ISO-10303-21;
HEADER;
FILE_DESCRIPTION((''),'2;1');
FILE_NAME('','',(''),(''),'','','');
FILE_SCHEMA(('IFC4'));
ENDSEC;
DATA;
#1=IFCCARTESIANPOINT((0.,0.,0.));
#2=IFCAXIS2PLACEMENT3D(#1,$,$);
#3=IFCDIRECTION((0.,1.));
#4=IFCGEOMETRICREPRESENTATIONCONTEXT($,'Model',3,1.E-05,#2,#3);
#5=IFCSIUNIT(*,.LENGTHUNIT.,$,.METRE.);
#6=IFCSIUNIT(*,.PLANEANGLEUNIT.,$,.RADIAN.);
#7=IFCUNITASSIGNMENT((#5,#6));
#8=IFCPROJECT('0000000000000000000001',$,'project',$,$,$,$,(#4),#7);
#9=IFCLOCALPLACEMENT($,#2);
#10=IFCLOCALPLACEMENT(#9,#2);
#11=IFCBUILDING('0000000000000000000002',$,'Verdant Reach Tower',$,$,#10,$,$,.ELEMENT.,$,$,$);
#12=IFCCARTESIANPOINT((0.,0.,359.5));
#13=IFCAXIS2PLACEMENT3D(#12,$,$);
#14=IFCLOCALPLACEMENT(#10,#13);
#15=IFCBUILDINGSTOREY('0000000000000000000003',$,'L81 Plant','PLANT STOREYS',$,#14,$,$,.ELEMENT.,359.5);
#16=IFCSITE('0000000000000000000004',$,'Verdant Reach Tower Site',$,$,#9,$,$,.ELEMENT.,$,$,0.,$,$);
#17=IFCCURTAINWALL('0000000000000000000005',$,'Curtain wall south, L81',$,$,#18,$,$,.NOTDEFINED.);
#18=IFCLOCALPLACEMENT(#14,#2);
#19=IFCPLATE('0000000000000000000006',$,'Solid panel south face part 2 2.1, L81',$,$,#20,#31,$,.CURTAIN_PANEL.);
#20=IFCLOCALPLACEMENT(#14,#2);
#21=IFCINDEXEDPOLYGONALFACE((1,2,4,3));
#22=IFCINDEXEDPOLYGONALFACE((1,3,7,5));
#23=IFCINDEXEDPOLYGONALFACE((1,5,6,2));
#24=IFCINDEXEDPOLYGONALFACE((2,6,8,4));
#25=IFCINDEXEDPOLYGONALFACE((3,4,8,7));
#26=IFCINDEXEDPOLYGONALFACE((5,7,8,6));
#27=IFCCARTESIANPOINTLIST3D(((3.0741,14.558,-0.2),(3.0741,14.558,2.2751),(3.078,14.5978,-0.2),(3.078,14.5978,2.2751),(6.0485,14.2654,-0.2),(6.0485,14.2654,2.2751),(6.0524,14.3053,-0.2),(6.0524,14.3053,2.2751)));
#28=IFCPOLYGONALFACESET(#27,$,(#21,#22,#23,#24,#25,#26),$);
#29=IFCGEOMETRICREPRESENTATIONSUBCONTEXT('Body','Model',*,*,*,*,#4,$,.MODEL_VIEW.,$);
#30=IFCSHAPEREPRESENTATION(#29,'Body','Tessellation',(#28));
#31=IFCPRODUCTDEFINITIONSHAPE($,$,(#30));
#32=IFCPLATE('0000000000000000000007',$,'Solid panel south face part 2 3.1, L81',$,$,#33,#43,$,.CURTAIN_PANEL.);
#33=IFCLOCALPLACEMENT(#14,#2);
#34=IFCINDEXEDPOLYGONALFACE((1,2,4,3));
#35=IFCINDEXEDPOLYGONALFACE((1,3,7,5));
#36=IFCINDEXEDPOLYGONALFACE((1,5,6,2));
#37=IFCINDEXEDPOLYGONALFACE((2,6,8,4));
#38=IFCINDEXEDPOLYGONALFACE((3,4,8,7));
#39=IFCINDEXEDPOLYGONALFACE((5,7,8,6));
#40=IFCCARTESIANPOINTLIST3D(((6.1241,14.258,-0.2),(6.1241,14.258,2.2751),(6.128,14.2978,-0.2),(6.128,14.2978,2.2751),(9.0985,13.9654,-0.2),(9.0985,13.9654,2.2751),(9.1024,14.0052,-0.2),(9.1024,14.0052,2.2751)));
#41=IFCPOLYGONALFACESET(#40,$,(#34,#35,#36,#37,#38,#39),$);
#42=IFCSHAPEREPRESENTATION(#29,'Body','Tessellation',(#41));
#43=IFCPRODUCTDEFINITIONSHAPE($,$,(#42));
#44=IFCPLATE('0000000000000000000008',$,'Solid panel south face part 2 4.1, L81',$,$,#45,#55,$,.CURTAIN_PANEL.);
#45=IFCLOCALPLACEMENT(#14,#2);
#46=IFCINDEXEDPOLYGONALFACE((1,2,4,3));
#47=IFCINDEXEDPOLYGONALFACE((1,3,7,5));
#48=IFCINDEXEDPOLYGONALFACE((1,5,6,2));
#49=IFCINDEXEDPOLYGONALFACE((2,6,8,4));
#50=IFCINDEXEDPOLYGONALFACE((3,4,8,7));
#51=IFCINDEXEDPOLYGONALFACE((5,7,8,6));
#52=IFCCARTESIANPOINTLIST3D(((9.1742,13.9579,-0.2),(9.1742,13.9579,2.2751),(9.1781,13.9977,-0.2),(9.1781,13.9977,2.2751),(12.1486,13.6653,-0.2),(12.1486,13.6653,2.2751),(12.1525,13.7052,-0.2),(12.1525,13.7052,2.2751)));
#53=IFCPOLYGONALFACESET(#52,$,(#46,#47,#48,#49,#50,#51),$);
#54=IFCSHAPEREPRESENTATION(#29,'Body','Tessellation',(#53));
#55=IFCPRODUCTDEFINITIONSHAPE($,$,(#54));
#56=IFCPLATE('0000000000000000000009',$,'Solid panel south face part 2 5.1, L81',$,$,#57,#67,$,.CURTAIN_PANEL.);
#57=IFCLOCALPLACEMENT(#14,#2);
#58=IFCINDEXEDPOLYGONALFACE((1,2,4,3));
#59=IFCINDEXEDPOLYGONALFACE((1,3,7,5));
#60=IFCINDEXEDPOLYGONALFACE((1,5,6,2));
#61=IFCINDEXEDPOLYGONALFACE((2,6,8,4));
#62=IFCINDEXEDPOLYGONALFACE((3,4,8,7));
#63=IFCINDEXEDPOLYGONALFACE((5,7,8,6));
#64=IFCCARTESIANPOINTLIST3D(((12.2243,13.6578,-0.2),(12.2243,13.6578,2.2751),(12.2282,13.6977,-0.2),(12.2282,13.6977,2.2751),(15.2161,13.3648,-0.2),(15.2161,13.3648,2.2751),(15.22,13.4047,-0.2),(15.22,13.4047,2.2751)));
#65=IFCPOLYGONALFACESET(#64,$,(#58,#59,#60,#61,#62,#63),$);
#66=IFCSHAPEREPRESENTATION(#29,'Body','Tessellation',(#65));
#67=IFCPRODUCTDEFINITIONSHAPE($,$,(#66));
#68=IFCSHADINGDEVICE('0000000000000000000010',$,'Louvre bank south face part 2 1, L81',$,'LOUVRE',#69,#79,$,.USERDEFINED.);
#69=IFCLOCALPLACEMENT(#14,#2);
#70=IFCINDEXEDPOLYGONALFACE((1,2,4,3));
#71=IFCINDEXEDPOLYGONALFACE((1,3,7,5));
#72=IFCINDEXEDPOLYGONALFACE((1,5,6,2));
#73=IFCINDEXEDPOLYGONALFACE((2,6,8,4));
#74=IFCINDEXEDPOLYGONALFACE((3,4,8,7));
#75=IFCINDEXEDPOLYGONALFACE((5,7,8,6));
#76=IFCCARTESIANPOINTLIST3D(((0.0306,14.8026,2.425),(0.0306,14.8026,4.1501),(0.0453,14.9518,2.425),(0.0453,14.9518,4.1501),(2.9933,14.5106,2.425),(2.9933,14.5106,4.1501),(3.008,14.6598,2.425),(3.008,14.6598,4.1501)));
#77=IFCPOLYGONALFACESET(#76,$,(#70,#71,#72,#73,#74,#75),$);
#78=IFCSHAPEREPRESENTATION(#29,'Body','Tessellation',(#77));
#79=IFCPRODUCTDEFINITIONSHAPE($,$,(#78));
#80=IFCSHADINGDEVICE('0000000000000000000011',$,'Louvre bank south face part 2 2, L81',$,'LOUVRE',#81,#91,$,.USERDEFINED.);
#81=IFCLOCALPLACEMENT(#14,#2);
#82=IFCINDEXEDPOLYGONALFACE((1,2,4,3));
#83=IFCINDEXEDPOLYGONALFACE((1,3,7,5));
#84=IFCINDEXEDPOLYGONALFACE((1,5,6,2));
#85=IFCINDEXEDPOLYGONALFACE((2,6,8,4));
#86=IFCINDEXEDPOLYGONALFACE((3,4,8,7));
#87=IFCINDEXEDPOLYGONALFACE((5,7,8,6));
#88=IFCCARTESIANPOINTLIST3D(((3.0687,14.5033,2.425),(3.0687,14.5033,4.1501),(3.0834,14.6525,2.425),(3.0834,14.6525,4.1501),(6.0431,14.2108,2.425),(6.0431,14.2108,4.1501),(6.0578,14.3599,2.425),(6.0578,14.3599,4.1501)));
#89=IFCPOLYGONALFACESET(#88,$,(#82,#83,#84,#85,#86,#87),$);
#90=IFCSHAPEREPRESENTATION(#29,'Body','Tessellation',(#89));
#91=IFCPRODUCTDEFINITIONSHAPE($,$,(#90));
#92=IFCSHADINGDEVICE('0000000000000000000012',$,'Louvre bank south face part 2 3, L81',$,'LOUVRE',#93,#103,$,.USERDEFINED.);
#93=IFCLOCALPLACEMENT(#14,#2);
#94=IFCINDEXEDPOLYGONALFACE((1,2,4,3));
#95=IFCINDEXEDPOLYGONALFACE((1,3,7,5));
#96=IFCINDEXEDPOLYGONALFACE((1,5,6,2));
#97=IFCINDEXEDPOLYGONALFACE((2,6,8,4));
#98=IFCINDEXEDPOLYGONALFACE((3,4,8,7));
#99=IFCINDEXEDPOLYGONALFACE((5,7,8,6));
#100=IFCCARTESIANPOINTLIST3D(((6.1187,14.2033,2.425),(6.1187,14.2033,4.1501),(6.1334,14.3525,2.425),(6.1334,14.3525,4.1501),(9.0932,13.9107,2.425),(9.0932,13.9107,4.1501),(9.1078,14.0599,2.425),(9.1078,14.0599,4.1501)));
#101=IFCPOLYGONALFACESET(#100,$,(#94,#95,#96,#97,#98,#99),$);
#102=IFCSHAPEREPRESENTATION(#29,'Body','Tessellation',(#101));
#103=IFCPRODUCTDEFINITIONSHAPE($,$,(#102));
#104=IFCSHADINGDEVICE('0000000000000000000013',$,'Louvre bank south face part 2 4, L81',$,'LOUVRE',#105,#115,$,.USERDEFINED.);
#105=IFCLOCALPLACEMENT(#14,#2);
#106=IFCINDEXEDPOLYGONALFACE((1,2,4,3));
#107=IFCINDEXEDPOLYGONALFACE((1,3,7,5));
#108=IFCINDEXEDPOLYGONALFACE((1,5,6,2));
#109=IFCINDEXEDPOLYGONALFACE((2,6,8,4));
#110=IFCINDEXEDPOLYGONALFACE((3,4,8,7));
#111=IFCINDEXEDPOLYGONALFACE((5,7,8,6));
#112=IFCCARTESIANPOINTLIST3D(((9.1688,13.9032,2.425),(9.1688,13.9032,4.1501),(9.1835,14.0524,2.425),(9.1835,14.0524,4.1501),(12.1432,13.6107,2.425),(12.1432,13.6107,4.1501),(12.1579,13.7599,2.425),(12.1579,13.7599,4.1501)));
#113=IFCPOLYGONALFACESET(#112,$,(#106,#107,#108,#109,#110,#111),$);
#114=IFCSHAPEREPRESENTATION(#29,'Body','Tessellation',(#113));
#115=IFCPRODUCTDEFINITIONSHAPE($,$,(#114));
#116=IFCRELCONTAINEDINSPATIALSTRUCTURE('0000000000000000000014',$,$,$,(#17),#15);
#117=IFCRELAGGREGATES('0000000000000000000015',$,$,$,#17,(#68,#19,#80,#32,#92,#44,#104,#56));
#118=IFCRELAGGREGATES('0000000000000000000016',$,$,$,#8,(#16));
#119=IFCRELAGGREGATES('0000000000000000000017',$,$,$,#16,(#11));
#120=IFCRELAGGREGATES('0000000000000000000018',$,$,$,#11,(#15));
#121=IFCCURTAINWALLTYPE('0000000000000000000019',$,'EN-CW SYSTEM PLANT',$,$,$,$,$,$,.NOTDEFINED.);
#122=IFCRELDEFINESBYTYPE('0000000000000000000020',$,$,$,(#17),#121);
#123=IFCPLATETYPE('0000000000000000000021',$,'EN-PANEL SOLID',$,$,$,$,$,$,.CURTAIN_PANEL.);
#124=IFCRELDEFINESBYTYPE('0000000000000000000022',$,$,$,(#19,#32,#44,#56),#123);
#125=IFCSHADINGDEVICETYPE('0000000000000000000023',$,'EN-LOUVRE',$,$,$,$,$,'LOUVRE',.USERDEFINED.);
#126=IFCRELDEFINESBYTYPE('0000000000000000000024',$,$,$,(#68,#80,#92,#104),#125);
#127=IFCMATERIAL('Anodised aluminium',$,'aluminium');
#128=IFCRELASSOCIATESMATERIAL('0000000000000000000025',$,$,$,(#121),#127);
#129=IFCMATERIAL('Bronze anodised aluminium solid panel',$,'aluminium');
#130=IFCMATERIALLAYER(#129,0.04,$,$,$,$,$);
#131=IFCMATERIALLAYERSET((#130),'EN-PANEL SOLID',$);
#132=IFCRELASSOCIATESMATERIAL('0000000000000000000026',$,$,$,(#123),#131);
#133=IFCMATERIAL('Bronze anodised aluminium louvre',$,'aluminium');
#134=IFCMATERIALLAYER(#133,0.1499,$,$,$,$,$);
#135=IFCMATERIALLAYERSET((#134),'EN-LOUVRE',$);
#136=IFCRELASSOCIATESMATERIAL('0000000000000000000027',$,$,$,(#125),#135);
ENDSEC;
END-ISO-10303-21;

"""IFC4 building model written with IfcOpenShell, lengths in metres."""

from ifc_helpers import new_model, si_unit, direction, frame, origin, origin_2d, place, context, subcontext, project, spatial, rectangle, extrude, material, layer, layer_set, type_object, element, aggregate, save


model = new_model("IFC4")

# Units and contexts
model_context = context("Model", 3, precision=1e-05, world=origin(), true_north=direction((0.0, 1.0)))
body_context = subcontext(model_context, "Body", "Model", "MODEL_VIEW")
ifc_project = project(units=[si_unit("LENGTHUNIT", "METRE"), si_unit("PLANEANGLEUNIT", "RADIAN")], contexts=[model_context])

# Site, building, storey
site_placement = place(None, origin())
site = spatial("IfcSite", under=ifc_project, at=site_placement, Name="Verdant Reach Tower Site", CompositionType="ELEMENT", RefElevation=0.0)
building_placement = place(site_placement, origin())
building = spatial("IfcBuilding", under=site, at=building_placement, Name="Verdant Reach Tower", CompositionType="ELEMENT")
storey_placement = place(building_placement, frame((0.0, 0.0, 359.5)))
storey = spatial("IfcBuildingStorey", under=building, at=storey_placement, Name="L81 Plant", Description="PLANT STOREYS", CompositionType="ELEMENT", Elevation=359.5)

# Curtain wall
ifc_material_1 = material(Name="Anodised aluminium", Category="aluminium")
curtain_wall_type = type_object("IfcCurtainWallType", Name="EN-CW SYSTEM PLANT", PredefinedType="NOTDEFINED", material=ifc_material_1)
curtain_wall_placement = place(storey_placement, origin())
curtain_wall = element("IfcCurtainWall", 1, at=curtain_wall_placement, inside=storey, type_object=curtain_wall_type, Name="Curtain wall south, L81", PredefinedType="NOTDEFINED")

# Plates
ifc_material_2 = material(Name="Bronze anodised aluminium solid panel", Category="aluminium")
ifc_layer_1 = layer(ifc_material_2, 0.04)
ifc_layer_set_1 = layer_set([ifc_layer_1], Name="EN-PANEL SOLID")
plate_type = type_object("IfcPlateType", Name="EN-PANEL SOLID", PredefinedType="CURTAIN_PANEL", material=ifc_layer_set_1)
plate_1_placement = place(storey_placement, frame((4.5632, 14.4316, -0.2), z_axis=(0.0, 0.0, 1.0), x_axis=(0.995197, -0.097888, 0.0)))
plate_1 = element("IfcPlate", 2, at=plate_1_placement, type_object=plate_type, Name="Solid panel south face part 2 2.1, L81", PredefinedType="CURTAIN_PANEL", context=body_context, shape_type="SweptSolid", body=[
    extrude(rectangle(XDim=2.9888, YDim=0.04, at=origin_2d()), origin(), (0.0, 0.0, 1.0), 2.4751),
])
plate_2_placement = place(storey_placement, frame((7.6133, 14.1316, -0.2), z_axis=(0.0, 0.0, 1.0), x_axis=(0.995197, -0.097888, 0.0)))
plate_2 = element("IfcPlate", 3, at=plate_2_placement, type_object=plate_type, Name="Solid panel south face part 2 3.1, L81", PredefinedType="CURTAIN_PANEL", context=body_context, shape_type="SweptSolid", body=[
    extrude(rectangle(XDim=2.9888, YDim=0.04, at=origin_2d()), origin(), (0.0, 0.0, 1.0), 2.4751),
])
plate_3_placement = place(storey_placement, frame((10.6633, 13.8315, -0.2), z_axis=(0.0, 0.0, 1.0), x_axis=(0.995197, -0.097888, 0.0)))
plate_3 = element("IfcPlate", 4, at=plate_3_placement, type_object=plate_type, Name="Solid panel south face part 2 4.1, L81", PredefinedType="CURTAIN_PANEL", context=body_context, shape_type="SweptSolid", body=[
    extrude(rectangle(XDim=2.9888, YDim=0.04, at=origin_2d()), origin(), (0.0, 0.0, 1.0), 2.4751),
])
plate_4_placement = place(storey_placement, frame((13.7222, 13.5312, -0.2), z_axis=(0.0, 0.0, 1.0), x_axis=(0.995238, -0.097473, 0.0)))
plate_4 = element("IfcPlate", 5, at=plate_4_placement, type_object=plate_type, Name="Solid panel south face part 2 5.1, L81", PredefinedType="CURTAIN_PANEL", context=body_context, shape_type="SweptSolid", body=[
    extrude(rectangle(XDim=3.0061, YDim=0.04, at=origin_2d()), origin(), (0.0, 0.0, 1.0), 2.4751),
])

# Shading devices
ifc_material_3 = material(Name="Bronze anodised aluminium louvre", Category="aluminium")
ifc_layer_2 = layer(ifc_material_3, 0.1499)
ifc_layer_set_2 = layer_set([ifc_layer_2], Name="EN-LOUVRE")
shading_device_type = type_object("IfcShadingDeviceType", Name="EN-LOUVRE", ElementType="LOUVRE", PredefinedType="USERDEFINED", material=ifc_layer_set_2)
shading_device_1_placement = place(storey_placement, frame((1.5193, 14.7312, 2.425), z_axis=(0.0, 0.0, 1.0), x_axis=(0.995179, -0.098075, 0.0)))
shading_device_1 = element("IfcShadingDevice", 6, at=shading_device_1_placement, type_object=shading_device_type, Name="Louvre bank south face part 2 1, L81", ObjectType="LOUVRE", PredefinedType="USERDEFINED", context=body_context, shape_type="SweptSolid", body=[
    extrude(rectangle(XDim=2.9771, YDim=0.1499, at=origin_2d()), origin(), (0.0, 0.0, 1.0), 1.7251),
])
shading_device_2_placement = place(storey_placement, frame((4.5632, 14.4316, 2.425), z_axis=(0.0, 0.0, 1.0), x_axis=(0.995197, -0.097888, 0.0)))
shading_device_2 = element("IfcShadingDevice", 7, at=shading_device_2_placement, type_object=shading_device_type, Name="Louvre bank south face part 2 2, L81", ObjectType="LOUVRE", PredefinedType="USERDEFINED", context=body_context, shape_type="SweptSolid", body=[
    extrude(rectangle(XDim=2.9888, YDim=0.1499, at=origin_2d()), origin(), (0.0, 0.0, 1.0), 1.7251),
])
shading_device_3_placement = place(storey_placement, frame((7.6133, 14.1316, 2.425), z_axis=(0.0, 0.0, 1.0), x_axis=(0.995197, -0.097888, 0.0)))
shading_device_3 = element("IfcShadingDevice", 8, at=shading_device_3_placement, type_object=shading_device_type, Name="Louvre bank south face part 2 3, L81", ObjectType="LOUVRE", PredefinedType="USERDEFINED", context=body_context, shape_type="SweptSolid", body=[
    extrude(rectangle(XDim=2.9888, YDim=0.1499, at=origin_2d()), origin(), (0.0, 0.0, 1.0), 1.7251),
])
shading_device_4_placement = place(storey_placement, frame((10.6633, 13.8315, 2.425), z_axis=(0.0, 0.0, 1.0), x_axis=(0.995197, -0.097888, 0.0)))
shading_device_4 = element("IfcShadingDevice", 9, at=shading_device_4_placement, type_object=shading_device_type, Name="Louvre bank south face part 2 4, L81", ObjectType="LOUVRE", PredefinedType="USERDEFINED", context=body_context, shape_type="SweptSolid", body=[
    extrude(rectangle(XDim=2.9888, YDim=0.1499, at=origin_2d()), origin(), (0.0, 0.0, 1.0), 1.7251),
])
aggregate(curtain_wall, [shading_device_1, plate_1, shading_device_2, plate_2, shading_device_3, plate_3, shading_device_4, plate_4])

save(model, "model.ifc")
